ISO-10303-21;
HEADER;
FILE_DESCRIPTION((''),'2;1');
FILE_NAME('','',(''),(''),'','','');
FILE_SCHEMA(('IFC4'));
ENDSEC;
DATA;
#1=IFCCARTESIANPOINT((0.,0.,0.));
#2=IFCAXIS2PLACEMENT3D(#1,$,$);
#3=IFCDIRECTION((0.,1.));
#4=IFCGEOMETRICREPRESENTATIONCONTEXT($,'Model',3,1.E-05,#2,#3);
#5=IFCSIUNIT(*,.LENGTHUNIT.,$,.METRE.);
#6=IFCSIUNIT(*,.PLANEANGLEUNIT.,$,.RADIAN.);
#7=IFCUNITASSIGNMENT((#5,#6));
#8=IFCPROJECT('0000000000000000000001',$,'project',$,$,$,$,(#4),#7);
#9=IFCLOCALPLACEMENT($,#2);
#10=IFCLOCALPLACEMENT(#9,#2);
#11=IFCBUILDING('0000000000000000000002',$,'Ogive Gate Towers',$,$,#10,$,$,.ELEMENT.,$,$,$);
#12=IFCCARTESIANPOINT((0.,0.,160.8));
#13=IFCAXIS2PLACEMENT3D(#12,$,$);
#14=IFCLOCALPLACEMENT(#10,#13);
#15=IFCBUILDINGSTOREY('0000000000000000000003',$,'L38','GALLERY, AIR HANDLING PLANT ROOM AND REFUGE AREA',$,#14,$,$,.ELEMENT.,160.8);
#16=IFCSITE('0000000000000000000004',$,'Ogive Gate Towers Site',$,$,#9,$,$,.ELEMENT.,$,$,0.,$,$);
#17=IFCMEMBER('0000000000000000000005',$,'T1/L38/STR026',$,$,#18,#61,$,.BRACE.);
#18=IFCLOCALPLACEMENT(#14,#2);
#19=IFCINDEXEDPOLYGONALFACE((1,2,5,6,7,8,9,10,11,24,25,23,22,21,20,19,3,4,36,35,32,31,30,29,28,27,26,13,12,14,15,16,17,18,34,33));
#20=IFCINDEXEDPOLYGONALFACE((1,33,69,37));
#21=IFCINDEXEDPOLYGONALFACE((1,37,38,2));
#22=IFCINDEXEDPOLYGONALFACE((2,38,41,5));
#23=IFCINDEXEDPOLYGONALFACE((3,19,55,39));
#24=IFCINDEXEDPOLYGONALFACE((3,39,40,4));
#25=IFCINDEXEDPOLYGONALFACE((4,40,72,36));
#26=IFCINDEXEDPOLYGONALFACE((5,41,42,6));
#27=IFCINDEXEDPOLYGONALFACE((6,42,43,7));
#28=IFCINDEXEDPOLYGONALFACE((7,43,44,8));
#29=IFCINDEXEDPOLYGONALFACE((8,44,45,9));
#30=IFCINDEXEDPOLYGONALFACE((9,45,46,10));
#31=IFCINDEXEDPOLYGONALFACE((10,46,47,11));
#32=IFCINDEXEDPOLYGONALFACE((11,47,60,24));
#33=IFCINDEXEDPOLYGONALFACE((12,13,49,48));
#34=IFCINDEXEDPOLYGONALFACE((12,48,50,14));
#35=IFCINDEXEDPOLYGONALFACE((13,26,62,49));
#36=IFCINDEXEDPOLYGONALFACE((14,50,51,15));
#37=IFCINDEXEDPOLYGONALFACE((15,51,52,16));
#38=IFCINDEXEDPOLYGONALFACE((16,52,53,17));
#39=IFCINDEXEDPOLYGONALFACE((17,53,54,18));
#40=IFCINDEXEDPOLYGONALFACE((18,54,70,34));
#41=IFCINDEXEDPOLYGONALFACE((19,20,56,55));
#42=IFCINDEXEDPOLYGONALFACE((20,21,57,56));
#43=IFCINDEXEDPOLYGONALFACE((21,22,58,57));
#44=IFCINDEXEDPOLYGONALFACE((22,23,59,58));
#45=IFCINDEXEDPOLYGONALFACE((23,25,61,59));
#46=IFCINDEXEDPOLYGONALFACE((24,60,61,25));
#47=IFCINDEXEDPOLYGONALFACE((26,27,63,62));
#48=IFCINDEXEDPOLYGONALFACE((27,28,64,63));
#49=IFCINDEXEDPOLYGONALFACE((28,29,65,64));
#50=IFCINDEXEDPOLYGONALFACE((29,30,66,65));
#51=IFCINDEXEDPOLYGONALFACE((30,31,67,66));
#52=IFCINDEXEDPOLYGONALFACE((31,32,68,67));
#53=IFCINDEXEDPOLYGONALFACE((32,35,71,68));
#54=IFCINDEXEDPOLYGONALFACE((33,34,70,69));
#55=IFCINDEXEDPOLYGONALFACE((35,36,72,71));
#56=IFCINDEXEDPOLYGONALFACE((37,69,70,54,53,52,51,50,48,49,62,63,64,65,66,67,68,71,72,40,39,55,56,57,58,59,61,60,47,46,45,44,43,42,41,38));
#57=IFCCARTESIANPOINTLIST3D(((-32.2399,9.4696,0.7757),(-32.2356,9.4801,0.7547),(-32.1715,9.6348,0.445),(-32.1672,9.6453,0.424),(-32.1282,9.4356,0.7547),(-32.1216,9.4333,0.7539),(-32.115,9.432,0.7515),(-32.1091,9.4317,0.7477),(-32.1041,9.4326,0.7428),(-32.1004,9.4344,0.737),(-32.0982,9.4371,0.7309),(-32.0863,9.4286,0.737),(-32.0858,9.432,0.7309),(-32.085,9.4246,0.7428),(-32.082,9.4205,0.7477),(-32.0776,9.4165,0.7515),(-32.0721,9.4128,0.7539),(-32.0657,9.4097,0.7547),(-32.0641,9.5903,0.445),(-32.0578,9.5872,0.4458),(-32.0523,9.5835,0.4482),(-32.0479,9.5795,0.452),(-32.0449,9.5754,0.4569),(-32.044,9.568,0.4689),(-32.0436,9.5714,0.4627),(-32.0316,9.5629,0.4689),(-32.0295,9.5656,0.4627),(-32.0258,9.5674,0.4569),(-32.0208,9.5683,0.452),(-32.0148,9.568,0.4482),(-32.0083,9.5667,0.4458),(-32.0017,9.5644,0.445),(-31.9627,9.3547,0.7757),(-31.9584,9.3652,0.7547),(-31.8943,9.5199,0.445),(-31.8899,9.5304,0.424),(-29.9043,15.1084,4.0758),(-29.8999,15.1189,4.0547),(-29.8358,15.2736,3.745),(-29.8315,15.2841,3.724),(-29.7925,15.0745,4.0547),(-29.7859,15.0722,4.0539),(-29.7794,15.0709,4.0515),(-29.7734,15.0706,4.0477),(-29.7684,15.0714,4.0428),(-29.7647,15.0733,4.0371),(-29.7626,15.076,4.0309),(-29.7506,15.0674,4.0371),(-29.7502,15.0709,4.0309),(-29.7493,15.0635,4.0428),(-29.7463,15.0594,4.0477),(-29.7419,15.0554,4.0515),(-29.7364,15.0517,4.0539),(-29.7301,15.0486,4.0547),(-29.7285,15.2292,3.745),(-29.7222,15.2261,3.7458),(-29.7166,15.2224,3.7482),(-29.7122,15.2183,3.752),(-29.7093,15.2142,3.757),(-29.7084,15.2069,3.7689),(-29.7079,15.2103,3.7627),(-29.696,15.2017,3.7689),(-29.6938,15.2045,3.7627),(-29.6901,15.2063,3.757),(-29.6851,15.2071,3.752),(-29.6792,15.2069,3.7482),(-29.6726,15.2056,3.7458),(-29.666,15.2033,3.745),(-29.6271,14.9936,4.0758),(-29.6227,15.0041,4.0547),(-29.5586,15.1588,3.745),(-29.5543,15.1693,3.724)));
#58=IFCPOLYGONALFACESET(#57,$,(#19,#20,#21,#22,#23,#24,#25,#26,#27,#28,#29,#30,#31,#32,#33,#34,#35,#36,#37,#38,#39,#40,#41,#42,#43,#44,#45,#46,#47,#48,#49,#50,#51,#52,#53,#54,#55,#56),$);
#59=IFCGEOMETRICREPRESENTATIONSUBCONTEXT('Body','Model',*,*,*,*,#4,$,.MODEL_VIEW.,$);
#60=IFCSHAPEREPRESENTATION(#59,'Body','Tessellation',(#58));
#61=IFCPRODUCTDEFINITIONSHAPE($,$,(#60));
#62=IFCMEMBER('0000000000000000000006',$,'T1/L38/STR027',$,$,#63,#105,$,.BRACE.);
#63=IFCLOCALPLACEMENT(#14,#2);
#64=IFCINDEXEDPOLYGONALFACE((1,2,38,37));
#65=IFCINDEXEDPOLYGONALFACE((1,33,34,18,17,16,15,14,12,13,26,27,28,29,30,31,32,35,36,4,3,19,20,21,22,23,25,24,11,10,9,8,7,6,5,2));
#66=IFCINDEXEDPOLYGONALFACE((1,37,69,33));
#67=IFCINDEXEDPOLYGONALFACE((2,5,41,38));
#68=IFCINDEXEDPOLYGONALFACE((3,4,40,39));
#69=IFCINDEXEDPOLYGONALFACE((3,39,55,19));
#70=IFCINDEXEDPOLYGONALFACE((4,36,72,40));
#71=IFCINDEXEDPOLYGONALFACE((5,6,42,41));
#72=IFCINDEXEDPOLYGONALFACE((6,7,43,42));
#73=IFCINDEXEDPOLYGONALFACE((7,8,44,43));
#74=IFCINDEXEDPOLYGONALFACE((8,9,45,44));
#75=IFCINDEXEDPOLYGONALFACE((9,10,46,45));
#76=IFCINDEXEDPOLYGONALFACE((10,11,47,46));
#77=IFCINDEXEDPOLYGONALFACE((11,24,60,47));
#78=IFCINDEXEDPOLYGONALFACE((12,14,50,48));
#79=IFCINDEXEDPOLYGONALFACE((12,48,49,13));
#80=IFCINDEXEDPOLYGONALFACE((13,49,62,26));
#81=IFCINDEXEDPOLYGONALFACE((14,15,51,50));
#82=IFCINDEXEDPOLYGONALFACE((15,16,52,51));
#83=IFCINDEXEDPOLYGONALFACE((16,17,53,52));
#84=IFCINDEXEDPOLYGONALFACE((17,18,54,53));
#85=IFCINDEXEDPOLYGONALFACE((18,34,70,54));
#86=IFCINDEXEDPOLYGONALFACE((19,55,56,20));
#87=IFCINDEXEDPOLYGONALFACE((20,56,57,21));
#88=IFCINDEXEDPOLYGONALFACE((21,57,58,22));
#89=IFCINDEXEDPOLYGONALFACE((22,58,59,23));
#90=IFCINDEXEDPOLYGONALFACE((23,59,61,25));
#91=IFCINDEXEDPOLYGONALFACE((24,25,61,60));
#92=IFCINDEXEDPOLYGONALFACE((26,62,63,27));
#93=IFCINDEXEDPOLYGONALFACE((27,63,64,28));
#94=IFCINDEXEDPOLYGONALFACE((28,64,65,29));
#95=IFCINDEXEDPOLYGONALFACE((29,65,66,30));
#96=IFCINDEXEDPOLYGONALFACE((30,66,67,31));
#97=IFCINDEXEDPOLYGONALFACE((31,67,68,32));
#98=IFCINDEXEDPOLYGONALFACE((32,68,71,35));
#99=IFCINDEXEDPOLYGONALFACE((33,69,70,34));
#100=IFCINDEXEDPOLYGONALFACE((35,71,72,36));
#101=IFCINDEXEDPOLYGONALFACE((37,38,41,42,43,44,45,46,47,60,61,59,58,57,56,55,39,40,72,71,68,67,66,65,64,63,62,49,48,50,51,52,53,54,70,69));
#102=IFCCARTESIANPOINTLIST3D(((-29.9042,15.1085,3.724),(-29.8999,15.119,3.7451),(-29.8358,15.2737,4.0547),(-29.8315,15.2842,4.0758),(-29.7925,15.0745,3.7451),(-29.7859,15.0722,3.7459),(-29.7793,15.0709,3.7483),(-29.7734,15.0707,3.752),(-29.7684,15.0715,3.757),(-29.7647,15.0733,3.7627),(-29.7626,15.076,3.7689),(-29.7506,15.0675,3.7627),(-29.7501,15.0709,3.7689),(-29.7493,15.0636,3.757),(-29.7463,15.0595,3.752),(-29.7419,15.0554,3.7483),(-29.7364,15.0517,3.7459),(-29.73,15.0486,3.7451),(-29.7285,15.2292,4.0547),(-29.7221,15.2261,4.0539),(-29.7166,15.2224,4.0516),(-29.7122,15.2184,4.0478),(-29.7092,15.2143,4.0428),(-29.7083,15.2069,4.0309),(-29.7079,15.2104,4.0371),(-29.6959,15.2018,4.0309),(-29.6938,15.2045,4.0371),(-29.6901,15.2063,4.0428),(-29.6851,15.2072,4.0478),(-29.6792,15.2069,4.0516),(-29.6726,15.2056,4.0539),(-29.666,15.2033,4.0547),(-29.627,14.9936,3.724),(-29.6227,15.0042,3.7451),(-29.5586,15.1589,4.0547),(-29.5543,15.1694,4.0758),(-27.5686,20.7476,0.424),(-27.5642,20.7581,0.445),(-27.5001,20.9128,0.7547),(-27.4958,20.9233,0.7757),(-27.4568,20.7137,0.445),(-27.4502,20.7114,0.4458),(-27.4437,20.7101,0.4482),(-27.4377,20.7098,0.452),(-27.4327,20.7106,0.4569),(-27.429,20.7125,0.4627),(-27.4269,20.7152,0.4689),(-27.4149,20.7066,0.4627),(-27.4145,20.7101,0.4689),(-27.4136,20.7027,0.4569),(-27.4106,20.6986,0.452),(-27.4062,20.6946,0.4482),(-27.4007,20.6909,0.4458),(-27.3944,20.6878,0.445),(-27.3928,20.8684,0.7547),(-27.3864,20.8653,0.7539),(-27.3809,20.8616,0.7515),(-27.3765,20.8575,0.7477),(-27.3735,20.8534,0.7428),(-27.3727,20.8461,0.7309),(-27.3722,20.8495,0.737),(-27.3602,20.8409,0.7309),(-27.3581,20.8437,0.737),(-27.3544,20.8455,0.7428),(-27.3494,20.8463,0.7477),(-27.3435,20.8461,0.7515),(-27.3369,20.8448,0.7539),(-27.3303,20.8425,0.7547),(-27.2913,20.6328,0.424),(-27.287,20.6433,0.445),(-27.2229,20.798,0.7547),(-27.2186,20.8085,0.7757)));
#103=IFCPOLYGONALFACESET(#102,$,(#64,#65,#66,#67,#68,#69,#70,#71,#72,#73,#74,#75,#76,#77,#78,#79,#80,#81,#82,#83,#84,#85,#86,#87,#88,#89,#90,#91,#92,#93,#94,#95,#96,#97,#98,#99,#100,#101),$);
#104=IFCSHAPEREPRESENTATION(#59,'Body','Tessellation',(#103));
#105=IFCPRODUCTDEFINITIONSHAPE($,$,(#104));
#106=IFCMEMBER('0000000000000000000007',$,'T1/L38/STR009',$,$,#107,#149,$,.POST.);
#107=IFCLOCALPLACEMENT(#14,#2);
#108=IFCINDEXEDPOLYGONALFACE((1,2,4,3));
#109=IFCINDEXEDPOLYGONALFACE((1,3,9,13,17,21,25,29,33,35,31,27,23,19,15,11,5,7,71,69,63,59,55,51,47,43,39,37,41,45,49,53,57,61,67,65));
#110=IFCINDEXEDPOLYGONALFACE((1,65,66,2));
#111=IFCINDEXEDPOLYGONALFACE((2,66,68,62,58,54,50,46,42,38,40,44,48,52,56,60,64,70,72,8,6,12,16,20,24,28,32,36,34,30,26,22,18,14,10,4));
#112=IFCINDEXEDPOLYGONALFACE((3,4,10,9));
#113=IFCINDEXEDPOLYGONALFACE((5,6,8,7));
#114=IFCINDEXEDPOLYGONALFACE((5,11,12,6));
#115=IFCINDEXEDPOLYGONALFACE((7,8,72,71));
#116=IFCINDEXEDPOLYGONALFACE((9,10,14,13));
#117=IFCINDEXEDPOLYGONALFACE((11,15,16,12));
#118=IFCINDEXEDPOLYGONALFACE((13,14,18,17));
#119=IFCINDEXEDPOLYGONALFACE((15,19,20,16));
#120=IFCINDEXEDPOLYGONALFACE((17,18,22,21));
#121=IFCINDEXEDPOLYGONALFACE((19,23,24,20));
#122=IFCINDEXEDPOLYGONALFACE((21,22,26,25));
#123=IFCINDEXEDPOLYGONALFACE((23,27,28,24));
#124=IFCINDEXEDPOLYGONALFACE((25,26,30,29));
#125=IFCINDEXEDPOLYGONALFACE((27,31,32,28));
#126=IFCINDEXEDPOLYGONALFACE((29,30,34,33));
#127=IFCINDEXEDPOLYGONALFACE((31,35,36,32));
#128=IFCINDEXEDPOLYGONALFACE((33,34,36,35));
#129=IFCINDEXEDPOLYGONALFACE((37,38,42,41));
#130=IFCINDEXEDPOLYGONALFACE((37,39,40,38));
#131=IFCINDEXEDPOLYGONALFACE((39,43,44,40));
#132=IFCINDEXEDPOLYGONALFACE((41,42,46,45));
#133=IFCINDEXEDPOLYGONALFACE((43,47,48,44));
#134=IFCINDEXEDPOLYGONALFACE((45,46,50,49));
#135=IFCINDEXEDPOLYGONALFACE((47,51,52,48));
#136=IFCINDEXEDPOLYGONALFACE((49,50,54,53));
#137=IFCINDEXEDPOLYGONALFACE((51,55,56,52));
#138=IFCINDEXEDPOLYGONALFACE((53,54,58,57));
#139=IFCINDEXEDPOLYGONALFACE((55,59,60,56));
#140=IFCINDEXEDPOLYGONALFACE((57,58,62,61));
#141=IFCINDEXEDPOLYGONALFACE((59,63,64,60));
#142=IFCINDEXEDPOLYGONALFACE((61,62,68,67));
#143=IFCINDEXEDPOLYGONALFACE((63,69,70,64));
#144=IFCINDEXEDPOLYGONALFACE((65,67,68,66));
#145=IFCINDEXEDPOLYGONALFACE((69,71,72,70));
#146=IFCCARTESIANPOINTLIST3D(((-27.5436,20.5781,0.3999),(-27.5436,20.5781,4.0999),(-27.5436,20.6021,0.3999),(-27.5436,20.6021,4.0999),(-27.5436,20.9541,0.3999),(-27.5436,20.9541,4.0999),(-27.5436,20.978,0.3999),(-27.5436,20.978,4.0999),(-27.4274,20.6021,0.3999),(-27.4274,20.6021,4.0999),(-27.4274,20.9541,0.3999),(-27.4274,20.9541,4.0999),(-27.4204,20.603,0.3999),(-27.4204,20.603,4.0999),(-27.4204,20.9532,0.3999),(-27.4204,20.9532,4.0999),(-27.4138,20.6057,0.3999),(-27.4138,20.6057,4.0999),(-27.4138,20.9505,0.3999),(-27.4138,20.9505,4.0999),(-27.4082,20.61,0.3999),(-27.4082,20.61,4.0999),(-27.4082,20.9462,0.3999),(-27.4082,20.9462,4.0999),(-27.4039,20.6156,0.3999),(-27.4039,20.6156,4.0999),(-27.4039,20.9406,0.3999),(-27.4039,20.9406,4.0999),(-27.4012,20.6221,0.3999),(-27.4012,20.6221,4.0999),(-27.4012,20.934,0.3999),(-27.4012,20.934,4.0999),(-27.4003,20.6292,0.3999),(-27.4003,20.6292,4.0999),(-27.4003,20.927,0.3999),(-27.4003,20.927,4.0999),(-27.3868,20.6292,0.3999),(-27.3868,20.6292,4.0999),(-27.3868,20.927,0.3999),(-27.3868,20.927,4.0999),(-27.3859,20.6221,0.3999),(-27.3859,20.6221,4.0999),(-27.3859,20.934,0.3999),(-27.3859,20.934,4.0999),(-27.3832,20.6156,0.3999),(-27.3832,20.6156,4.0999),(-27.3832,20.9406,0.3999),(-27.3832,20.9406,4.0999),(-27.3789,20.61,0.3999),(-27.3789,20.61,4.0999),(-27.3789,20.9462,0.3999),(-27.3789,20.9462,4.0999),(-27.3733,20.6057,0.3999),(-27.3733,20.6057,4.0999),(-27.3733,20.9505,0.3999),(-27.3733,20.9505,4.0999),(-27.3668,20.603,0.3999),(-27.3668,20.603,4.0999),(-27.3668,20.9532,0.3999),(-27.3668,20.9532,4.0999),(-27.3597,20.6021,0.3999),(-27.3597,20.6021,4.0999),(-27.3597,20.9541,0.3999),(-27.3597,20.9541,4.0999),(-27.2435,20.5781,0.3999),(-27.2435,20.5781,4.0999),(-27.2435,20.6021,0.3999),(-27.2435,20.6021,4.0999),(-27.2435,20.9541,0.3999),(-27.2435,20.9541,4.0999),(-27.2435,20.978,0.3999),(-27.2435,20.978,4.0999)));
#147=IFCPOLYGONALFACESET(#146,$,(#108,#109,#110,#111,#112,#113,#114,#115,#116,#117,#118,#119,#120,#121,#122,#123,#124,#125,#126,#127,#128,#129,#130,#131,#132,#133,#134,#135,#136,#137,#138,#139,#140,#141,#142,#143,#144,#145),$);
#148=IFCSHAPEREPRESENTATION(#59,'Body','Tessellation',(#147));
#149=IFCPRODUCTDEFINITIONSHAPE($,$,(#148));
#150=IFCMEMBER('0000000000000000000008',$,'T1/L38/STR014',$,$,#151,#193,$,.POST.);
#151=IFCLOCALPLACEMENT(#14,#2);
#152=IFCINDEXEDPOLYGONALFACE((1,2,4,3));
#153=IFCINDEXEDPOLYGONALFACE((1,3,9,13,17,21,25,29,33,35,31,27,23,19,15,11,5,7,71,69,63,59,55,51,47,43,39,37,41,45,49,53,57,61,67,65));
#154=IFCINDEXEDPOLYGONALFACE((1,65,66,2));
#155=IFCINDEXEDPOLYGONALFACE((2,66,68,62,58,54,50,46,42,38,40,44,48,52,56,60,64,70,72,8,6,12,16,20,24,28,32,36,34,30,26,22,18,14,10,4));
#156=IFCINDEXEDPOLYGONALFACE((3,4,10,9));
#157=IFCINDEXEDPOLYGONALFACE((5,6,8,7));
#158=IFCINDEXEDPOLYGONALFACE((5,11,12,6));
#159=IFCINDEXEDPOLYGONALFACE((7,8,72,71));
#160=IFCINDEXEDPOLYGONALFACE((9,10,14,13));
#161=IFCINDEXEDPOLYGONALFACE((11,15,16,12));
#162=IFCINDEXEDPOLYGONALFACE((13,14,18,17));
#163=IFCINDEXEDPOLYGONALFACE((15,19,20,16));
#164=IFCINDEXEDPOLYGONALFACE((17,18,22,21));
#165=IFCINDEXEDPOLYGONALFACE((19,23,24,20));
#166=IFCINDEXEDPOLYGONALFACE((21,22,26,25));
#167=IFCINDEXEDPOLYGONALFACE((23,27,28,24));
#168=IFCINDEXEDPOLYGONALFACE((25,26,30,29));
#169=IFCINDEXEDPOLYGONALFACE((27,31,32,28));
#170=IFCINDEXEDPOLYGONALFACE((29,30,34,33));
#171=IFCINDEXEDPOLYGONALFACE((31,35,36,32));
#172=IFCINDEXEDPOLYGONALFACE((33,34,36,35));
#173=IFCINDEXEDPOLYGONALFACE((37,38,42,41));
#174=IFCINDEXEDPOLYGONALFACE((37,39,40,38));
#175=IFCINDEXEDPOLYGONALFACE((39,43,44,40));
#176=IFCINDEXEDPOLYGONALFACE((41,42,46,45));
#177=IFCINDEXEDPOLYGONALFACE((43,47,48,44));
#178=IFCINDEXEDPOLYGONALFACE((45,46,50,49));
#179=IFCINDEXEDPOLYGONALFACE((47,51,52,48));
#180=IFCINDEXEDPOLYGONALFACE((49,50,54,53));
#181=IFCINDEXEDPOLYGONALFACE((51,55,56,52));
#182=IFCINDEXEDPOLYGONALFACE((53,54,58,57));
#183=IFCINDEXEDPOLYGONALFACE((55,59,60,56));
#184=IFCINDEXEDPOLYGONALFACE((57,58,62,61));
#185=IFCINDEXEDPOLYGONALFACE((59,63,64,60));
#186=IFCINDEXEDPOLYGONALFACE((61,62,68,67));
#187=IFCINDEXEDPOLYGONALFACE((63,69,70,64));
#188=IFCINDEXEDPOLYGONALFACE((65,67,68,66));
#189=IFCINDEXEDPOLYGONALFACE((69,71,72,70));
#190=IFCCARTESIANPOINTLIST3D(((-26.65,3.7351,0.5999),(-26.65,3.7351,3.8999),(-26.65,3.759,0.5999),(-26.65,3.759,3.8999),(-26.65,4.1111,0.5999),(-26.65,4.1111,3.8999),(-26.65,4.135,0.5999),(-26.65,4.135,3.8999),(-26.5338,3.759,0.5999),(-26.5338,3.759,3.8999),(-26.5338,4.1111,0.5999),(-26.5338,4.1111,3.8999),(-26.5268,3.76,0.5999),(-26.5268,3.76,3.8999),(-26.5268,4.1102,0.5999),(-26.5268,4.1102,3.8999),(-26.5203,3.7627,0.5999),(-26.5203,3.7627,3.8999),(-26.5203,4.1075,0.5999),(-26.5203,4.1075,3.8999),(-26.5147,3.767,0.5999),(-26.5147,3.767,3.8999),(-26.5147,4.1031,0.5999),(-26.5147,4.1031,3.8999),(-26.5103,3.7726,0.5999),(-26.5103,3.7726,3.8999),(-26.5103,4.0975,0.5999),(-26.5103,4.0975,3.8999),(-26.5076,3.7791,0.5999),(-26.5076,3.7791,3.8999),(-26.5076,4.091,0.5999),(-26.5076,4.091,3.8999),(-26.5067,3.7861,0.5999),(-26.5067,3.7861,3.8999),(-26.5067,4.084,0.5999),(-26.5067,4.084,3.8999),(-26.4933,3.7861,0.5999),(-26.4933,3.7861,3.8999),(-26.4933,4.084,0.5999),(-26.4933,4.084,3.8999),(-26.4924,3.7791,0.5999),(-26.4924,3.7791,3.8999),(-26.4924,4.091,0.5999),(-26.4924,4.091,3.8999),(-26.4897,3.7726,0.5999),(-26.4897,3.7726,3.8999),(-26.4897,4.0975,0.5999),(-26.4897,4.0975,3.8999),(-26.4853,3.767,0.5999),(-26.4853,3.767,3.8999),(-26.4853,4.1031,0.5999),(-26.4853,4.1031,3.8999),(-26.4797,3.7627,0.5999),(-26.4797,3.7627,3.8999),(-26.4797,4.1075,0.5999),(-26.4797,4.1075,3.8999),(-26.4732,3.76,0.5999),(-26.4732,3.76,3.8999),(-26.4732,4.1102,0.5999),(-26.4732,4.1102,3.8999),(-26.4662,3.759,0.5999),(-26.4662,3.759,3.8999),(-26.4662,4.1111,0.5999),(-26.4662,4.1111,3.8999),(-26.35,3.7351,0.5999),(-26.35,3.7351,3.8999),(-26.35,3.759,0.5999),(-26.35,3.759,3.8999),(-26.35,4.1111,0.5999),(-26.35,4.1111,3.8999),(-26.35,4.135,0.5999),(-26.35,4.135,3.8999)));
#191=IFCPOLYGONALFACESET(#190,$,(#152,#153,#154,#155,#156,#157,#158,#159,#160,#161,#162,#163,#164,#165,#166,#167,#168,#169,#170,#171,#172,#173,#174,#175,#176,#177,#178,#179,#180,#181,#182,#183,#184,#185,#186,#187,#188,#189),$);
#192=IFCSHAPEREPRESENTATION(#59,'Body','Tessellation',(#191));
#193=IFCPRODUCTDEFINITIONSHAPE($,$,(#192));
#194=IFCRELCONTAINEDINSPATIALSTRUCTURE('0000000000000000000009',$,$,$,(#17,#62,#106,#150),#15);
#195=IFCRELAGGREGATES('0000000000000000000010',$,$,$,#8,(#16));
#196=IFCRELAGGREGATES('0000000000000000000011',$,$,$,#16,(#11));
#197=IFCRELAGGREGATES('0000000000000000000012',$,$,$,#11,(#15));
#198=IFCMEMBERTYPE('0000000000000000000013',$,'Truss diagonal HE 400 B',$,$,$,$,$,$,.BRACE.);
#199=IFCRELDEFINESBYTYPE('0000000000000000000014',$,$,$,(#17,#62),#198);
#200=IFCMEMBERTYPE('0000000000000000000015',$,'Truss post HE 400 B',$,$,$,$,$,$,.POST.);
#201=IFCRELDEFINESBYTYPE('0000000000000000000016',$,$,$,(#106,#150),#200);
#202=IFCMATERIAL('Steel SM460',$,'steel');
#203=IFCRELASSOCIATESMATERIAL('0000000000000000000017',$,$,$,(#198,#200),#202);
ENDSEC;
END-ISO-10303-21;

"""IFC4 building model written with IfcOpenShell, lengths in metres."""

from ifc_helpers import new_model, si_unit, direction, frame, origin, origin_2d, place, context, subcontext, project, spatial, i_section, extrude, material, material_profile, profile_set, type_object, element, save


model = new_model("IFC4")

# Units and contexts
model_context = context("Model", 3, precision=1e-05, world=origin(), true_north=direction((0.0, 1.0)))
body_context = subcontext(model_context, "Body", "Model", "MODEL_VIEW")
ifc_project = project(units=[si_unit("LENGTHUNIT", "METRE"), si_unit("PLANEANGLEUNIT", "RADIAN")], contexts=[model_context])

# Site, building, storey
site_placement = place(None, origin())
site = spatial("IfcSite", under=ifc_project, at=site_placement, Name="Ogive Gate Towers Site", CompositionType="ELEMENT", RefElevation=0.0)
building_placement = place(site_placement, origin())
building = spatial("IfcBuilding", under=site, at=building_placement, Name="Ogive Gate Towers", CompositionType="ELEMENT")
storey_placement = place(building_placement, frame((0.0, 0.0, 160.8)))
storey = spatial("IfcBuildingStorey", under=building, at=storey_placement, Name="L38", Description="GALLERY, AIR HANDLING PLANT ROOM AND REFUGE AREA", CompositionType="ELEMENT", Elevation=160.8)

# Shared definitions
ifc_material_1 = material(Name="Steel SM460", Category="steel")

# Members
ifc_material_profile_1 = material_profile(ifc_material_1, i_section(OverallWidth=0.3, OverallDepth=0.3999, WebThickness=0.0134, FlangeThickness=0.0239, FilletRadius=0.0271, at=origin_2d()), Name="HE 400 B")
ifc_profile_set_1 = profile_set([ifc_material_profile_1], Name="Steel SM460")
member_type_1 = type_object("IfcMemberType", Name="Truss diagonal HE 400 B", PredefinedType="BRACE", material=ifc_profile_set_1)
member_1_placement = place(storey_placement, frame((-32.0649, 9.5, 0.5999), z_axis=(0.336627, 0.812696, 0.475612), x_axis=(-0.923881, 0.38268, 0.0)))
element("IfcMember", 1, at=member_1_placement, inside=storey, type_object=member_type_1, Name="T1/L38/STR026", PredefinedType="BRACE", context=body_context, shape_type="SweptSolid", body=[
    extrude(i_section(OverallWidth=0.3, OverallDepth=0.3999, WebThickness=0.0134, FlangeThickness=0.0239, FilletRadius=0.0271, at=origin_2d()), origin(), (0.0, 0.0, 1.0), 6.9385),
])
member_2_placement = place(storey_placement, frame((-29.7292, 15.1389, 3.8999), z_axis=(0.336617, 0.812708, -0.475599), x_axis=(-0.923887, 0.382666, 0.0)))
element("IfcMember", 2, at=member_2_placement, inside=storey, type_object=member_type_1, Name="T1/L38/STR027", PredefinedType="BRACE", context=body_context, shape_type="SweptSolid", body=[
    extrude(i_section(OverallWidth=0.3, OverallDepth=0.3999, WebThickness=0.0134, FlangeThickness=0.0239, FilletRadius=0.0271, at=origin_2d()), origin(), (0.0, 0.0, 1.0), 6.9387),
])
ifc_material_profile_2 = material_profile(ifc_material_1, i_section(OverallWidth=0.3, OverallDepth=0.3999, WebThickness=0.0134, FlangeThickness=0.0239, FilletRadius=0.0271, at=origin_2d()), Name="HE 400 B")
ifc_profile_set_2 = profile_set([ifc_material_profile_2], Name="Steel SM460")
member_type_2 = type_object("IfcMemberType", Name="Truss post HE 400 B", PredefinedType="POST", material=ifc_profile_set_2)
member_3_placement = place(storey_placement, frame((-27.3936, 20.7781, 0.3999), z_axis=(0.0, 0.0, 1.0), x_axis=(1.0, 0.0, 0.0)))
element("IfcMember", 3, at=member_3_placement, inside=storey, type_object=member_type_2, Name="T1/L38/STR009", PredefinedType="POST", context=body_context, shape_type="SweptSolid", body=[
    extrude(i_section(OverallWidth=0.3, OverallDepth=0.3999, WebThickness=0.0134, FlangeThickness=0.0239, FilletRadius=0.0271, at=origin_2d()), origin(), (0.0, 0.0, 1.0), 3.7),
])
member_4_placement = place(storey_placement, frame((-26.5, 3.9351, 0.5999), z_axis=(0.0, 0.0, 1.0), x_axis=(1.0, 0.0, 0.0)))
element("IfcMember", 4, at=member_4_placement, inside=storey, type_object=member_type_2, Name="T1/L38/STR014", PredefinedType="POST", context=body_context, shape_type="SweptSolid", body=[
    extrude(i_section(OverallWidth=0.3, OverallDepth=0.3999, WebThickness=0.0134, FlangeThickness=0.0239, FilletRadius=0.0271, at=origin_2d()), origin(), (0.0, 0.0, 1.0), 3.3),
])

save(model, "model.ifc")
